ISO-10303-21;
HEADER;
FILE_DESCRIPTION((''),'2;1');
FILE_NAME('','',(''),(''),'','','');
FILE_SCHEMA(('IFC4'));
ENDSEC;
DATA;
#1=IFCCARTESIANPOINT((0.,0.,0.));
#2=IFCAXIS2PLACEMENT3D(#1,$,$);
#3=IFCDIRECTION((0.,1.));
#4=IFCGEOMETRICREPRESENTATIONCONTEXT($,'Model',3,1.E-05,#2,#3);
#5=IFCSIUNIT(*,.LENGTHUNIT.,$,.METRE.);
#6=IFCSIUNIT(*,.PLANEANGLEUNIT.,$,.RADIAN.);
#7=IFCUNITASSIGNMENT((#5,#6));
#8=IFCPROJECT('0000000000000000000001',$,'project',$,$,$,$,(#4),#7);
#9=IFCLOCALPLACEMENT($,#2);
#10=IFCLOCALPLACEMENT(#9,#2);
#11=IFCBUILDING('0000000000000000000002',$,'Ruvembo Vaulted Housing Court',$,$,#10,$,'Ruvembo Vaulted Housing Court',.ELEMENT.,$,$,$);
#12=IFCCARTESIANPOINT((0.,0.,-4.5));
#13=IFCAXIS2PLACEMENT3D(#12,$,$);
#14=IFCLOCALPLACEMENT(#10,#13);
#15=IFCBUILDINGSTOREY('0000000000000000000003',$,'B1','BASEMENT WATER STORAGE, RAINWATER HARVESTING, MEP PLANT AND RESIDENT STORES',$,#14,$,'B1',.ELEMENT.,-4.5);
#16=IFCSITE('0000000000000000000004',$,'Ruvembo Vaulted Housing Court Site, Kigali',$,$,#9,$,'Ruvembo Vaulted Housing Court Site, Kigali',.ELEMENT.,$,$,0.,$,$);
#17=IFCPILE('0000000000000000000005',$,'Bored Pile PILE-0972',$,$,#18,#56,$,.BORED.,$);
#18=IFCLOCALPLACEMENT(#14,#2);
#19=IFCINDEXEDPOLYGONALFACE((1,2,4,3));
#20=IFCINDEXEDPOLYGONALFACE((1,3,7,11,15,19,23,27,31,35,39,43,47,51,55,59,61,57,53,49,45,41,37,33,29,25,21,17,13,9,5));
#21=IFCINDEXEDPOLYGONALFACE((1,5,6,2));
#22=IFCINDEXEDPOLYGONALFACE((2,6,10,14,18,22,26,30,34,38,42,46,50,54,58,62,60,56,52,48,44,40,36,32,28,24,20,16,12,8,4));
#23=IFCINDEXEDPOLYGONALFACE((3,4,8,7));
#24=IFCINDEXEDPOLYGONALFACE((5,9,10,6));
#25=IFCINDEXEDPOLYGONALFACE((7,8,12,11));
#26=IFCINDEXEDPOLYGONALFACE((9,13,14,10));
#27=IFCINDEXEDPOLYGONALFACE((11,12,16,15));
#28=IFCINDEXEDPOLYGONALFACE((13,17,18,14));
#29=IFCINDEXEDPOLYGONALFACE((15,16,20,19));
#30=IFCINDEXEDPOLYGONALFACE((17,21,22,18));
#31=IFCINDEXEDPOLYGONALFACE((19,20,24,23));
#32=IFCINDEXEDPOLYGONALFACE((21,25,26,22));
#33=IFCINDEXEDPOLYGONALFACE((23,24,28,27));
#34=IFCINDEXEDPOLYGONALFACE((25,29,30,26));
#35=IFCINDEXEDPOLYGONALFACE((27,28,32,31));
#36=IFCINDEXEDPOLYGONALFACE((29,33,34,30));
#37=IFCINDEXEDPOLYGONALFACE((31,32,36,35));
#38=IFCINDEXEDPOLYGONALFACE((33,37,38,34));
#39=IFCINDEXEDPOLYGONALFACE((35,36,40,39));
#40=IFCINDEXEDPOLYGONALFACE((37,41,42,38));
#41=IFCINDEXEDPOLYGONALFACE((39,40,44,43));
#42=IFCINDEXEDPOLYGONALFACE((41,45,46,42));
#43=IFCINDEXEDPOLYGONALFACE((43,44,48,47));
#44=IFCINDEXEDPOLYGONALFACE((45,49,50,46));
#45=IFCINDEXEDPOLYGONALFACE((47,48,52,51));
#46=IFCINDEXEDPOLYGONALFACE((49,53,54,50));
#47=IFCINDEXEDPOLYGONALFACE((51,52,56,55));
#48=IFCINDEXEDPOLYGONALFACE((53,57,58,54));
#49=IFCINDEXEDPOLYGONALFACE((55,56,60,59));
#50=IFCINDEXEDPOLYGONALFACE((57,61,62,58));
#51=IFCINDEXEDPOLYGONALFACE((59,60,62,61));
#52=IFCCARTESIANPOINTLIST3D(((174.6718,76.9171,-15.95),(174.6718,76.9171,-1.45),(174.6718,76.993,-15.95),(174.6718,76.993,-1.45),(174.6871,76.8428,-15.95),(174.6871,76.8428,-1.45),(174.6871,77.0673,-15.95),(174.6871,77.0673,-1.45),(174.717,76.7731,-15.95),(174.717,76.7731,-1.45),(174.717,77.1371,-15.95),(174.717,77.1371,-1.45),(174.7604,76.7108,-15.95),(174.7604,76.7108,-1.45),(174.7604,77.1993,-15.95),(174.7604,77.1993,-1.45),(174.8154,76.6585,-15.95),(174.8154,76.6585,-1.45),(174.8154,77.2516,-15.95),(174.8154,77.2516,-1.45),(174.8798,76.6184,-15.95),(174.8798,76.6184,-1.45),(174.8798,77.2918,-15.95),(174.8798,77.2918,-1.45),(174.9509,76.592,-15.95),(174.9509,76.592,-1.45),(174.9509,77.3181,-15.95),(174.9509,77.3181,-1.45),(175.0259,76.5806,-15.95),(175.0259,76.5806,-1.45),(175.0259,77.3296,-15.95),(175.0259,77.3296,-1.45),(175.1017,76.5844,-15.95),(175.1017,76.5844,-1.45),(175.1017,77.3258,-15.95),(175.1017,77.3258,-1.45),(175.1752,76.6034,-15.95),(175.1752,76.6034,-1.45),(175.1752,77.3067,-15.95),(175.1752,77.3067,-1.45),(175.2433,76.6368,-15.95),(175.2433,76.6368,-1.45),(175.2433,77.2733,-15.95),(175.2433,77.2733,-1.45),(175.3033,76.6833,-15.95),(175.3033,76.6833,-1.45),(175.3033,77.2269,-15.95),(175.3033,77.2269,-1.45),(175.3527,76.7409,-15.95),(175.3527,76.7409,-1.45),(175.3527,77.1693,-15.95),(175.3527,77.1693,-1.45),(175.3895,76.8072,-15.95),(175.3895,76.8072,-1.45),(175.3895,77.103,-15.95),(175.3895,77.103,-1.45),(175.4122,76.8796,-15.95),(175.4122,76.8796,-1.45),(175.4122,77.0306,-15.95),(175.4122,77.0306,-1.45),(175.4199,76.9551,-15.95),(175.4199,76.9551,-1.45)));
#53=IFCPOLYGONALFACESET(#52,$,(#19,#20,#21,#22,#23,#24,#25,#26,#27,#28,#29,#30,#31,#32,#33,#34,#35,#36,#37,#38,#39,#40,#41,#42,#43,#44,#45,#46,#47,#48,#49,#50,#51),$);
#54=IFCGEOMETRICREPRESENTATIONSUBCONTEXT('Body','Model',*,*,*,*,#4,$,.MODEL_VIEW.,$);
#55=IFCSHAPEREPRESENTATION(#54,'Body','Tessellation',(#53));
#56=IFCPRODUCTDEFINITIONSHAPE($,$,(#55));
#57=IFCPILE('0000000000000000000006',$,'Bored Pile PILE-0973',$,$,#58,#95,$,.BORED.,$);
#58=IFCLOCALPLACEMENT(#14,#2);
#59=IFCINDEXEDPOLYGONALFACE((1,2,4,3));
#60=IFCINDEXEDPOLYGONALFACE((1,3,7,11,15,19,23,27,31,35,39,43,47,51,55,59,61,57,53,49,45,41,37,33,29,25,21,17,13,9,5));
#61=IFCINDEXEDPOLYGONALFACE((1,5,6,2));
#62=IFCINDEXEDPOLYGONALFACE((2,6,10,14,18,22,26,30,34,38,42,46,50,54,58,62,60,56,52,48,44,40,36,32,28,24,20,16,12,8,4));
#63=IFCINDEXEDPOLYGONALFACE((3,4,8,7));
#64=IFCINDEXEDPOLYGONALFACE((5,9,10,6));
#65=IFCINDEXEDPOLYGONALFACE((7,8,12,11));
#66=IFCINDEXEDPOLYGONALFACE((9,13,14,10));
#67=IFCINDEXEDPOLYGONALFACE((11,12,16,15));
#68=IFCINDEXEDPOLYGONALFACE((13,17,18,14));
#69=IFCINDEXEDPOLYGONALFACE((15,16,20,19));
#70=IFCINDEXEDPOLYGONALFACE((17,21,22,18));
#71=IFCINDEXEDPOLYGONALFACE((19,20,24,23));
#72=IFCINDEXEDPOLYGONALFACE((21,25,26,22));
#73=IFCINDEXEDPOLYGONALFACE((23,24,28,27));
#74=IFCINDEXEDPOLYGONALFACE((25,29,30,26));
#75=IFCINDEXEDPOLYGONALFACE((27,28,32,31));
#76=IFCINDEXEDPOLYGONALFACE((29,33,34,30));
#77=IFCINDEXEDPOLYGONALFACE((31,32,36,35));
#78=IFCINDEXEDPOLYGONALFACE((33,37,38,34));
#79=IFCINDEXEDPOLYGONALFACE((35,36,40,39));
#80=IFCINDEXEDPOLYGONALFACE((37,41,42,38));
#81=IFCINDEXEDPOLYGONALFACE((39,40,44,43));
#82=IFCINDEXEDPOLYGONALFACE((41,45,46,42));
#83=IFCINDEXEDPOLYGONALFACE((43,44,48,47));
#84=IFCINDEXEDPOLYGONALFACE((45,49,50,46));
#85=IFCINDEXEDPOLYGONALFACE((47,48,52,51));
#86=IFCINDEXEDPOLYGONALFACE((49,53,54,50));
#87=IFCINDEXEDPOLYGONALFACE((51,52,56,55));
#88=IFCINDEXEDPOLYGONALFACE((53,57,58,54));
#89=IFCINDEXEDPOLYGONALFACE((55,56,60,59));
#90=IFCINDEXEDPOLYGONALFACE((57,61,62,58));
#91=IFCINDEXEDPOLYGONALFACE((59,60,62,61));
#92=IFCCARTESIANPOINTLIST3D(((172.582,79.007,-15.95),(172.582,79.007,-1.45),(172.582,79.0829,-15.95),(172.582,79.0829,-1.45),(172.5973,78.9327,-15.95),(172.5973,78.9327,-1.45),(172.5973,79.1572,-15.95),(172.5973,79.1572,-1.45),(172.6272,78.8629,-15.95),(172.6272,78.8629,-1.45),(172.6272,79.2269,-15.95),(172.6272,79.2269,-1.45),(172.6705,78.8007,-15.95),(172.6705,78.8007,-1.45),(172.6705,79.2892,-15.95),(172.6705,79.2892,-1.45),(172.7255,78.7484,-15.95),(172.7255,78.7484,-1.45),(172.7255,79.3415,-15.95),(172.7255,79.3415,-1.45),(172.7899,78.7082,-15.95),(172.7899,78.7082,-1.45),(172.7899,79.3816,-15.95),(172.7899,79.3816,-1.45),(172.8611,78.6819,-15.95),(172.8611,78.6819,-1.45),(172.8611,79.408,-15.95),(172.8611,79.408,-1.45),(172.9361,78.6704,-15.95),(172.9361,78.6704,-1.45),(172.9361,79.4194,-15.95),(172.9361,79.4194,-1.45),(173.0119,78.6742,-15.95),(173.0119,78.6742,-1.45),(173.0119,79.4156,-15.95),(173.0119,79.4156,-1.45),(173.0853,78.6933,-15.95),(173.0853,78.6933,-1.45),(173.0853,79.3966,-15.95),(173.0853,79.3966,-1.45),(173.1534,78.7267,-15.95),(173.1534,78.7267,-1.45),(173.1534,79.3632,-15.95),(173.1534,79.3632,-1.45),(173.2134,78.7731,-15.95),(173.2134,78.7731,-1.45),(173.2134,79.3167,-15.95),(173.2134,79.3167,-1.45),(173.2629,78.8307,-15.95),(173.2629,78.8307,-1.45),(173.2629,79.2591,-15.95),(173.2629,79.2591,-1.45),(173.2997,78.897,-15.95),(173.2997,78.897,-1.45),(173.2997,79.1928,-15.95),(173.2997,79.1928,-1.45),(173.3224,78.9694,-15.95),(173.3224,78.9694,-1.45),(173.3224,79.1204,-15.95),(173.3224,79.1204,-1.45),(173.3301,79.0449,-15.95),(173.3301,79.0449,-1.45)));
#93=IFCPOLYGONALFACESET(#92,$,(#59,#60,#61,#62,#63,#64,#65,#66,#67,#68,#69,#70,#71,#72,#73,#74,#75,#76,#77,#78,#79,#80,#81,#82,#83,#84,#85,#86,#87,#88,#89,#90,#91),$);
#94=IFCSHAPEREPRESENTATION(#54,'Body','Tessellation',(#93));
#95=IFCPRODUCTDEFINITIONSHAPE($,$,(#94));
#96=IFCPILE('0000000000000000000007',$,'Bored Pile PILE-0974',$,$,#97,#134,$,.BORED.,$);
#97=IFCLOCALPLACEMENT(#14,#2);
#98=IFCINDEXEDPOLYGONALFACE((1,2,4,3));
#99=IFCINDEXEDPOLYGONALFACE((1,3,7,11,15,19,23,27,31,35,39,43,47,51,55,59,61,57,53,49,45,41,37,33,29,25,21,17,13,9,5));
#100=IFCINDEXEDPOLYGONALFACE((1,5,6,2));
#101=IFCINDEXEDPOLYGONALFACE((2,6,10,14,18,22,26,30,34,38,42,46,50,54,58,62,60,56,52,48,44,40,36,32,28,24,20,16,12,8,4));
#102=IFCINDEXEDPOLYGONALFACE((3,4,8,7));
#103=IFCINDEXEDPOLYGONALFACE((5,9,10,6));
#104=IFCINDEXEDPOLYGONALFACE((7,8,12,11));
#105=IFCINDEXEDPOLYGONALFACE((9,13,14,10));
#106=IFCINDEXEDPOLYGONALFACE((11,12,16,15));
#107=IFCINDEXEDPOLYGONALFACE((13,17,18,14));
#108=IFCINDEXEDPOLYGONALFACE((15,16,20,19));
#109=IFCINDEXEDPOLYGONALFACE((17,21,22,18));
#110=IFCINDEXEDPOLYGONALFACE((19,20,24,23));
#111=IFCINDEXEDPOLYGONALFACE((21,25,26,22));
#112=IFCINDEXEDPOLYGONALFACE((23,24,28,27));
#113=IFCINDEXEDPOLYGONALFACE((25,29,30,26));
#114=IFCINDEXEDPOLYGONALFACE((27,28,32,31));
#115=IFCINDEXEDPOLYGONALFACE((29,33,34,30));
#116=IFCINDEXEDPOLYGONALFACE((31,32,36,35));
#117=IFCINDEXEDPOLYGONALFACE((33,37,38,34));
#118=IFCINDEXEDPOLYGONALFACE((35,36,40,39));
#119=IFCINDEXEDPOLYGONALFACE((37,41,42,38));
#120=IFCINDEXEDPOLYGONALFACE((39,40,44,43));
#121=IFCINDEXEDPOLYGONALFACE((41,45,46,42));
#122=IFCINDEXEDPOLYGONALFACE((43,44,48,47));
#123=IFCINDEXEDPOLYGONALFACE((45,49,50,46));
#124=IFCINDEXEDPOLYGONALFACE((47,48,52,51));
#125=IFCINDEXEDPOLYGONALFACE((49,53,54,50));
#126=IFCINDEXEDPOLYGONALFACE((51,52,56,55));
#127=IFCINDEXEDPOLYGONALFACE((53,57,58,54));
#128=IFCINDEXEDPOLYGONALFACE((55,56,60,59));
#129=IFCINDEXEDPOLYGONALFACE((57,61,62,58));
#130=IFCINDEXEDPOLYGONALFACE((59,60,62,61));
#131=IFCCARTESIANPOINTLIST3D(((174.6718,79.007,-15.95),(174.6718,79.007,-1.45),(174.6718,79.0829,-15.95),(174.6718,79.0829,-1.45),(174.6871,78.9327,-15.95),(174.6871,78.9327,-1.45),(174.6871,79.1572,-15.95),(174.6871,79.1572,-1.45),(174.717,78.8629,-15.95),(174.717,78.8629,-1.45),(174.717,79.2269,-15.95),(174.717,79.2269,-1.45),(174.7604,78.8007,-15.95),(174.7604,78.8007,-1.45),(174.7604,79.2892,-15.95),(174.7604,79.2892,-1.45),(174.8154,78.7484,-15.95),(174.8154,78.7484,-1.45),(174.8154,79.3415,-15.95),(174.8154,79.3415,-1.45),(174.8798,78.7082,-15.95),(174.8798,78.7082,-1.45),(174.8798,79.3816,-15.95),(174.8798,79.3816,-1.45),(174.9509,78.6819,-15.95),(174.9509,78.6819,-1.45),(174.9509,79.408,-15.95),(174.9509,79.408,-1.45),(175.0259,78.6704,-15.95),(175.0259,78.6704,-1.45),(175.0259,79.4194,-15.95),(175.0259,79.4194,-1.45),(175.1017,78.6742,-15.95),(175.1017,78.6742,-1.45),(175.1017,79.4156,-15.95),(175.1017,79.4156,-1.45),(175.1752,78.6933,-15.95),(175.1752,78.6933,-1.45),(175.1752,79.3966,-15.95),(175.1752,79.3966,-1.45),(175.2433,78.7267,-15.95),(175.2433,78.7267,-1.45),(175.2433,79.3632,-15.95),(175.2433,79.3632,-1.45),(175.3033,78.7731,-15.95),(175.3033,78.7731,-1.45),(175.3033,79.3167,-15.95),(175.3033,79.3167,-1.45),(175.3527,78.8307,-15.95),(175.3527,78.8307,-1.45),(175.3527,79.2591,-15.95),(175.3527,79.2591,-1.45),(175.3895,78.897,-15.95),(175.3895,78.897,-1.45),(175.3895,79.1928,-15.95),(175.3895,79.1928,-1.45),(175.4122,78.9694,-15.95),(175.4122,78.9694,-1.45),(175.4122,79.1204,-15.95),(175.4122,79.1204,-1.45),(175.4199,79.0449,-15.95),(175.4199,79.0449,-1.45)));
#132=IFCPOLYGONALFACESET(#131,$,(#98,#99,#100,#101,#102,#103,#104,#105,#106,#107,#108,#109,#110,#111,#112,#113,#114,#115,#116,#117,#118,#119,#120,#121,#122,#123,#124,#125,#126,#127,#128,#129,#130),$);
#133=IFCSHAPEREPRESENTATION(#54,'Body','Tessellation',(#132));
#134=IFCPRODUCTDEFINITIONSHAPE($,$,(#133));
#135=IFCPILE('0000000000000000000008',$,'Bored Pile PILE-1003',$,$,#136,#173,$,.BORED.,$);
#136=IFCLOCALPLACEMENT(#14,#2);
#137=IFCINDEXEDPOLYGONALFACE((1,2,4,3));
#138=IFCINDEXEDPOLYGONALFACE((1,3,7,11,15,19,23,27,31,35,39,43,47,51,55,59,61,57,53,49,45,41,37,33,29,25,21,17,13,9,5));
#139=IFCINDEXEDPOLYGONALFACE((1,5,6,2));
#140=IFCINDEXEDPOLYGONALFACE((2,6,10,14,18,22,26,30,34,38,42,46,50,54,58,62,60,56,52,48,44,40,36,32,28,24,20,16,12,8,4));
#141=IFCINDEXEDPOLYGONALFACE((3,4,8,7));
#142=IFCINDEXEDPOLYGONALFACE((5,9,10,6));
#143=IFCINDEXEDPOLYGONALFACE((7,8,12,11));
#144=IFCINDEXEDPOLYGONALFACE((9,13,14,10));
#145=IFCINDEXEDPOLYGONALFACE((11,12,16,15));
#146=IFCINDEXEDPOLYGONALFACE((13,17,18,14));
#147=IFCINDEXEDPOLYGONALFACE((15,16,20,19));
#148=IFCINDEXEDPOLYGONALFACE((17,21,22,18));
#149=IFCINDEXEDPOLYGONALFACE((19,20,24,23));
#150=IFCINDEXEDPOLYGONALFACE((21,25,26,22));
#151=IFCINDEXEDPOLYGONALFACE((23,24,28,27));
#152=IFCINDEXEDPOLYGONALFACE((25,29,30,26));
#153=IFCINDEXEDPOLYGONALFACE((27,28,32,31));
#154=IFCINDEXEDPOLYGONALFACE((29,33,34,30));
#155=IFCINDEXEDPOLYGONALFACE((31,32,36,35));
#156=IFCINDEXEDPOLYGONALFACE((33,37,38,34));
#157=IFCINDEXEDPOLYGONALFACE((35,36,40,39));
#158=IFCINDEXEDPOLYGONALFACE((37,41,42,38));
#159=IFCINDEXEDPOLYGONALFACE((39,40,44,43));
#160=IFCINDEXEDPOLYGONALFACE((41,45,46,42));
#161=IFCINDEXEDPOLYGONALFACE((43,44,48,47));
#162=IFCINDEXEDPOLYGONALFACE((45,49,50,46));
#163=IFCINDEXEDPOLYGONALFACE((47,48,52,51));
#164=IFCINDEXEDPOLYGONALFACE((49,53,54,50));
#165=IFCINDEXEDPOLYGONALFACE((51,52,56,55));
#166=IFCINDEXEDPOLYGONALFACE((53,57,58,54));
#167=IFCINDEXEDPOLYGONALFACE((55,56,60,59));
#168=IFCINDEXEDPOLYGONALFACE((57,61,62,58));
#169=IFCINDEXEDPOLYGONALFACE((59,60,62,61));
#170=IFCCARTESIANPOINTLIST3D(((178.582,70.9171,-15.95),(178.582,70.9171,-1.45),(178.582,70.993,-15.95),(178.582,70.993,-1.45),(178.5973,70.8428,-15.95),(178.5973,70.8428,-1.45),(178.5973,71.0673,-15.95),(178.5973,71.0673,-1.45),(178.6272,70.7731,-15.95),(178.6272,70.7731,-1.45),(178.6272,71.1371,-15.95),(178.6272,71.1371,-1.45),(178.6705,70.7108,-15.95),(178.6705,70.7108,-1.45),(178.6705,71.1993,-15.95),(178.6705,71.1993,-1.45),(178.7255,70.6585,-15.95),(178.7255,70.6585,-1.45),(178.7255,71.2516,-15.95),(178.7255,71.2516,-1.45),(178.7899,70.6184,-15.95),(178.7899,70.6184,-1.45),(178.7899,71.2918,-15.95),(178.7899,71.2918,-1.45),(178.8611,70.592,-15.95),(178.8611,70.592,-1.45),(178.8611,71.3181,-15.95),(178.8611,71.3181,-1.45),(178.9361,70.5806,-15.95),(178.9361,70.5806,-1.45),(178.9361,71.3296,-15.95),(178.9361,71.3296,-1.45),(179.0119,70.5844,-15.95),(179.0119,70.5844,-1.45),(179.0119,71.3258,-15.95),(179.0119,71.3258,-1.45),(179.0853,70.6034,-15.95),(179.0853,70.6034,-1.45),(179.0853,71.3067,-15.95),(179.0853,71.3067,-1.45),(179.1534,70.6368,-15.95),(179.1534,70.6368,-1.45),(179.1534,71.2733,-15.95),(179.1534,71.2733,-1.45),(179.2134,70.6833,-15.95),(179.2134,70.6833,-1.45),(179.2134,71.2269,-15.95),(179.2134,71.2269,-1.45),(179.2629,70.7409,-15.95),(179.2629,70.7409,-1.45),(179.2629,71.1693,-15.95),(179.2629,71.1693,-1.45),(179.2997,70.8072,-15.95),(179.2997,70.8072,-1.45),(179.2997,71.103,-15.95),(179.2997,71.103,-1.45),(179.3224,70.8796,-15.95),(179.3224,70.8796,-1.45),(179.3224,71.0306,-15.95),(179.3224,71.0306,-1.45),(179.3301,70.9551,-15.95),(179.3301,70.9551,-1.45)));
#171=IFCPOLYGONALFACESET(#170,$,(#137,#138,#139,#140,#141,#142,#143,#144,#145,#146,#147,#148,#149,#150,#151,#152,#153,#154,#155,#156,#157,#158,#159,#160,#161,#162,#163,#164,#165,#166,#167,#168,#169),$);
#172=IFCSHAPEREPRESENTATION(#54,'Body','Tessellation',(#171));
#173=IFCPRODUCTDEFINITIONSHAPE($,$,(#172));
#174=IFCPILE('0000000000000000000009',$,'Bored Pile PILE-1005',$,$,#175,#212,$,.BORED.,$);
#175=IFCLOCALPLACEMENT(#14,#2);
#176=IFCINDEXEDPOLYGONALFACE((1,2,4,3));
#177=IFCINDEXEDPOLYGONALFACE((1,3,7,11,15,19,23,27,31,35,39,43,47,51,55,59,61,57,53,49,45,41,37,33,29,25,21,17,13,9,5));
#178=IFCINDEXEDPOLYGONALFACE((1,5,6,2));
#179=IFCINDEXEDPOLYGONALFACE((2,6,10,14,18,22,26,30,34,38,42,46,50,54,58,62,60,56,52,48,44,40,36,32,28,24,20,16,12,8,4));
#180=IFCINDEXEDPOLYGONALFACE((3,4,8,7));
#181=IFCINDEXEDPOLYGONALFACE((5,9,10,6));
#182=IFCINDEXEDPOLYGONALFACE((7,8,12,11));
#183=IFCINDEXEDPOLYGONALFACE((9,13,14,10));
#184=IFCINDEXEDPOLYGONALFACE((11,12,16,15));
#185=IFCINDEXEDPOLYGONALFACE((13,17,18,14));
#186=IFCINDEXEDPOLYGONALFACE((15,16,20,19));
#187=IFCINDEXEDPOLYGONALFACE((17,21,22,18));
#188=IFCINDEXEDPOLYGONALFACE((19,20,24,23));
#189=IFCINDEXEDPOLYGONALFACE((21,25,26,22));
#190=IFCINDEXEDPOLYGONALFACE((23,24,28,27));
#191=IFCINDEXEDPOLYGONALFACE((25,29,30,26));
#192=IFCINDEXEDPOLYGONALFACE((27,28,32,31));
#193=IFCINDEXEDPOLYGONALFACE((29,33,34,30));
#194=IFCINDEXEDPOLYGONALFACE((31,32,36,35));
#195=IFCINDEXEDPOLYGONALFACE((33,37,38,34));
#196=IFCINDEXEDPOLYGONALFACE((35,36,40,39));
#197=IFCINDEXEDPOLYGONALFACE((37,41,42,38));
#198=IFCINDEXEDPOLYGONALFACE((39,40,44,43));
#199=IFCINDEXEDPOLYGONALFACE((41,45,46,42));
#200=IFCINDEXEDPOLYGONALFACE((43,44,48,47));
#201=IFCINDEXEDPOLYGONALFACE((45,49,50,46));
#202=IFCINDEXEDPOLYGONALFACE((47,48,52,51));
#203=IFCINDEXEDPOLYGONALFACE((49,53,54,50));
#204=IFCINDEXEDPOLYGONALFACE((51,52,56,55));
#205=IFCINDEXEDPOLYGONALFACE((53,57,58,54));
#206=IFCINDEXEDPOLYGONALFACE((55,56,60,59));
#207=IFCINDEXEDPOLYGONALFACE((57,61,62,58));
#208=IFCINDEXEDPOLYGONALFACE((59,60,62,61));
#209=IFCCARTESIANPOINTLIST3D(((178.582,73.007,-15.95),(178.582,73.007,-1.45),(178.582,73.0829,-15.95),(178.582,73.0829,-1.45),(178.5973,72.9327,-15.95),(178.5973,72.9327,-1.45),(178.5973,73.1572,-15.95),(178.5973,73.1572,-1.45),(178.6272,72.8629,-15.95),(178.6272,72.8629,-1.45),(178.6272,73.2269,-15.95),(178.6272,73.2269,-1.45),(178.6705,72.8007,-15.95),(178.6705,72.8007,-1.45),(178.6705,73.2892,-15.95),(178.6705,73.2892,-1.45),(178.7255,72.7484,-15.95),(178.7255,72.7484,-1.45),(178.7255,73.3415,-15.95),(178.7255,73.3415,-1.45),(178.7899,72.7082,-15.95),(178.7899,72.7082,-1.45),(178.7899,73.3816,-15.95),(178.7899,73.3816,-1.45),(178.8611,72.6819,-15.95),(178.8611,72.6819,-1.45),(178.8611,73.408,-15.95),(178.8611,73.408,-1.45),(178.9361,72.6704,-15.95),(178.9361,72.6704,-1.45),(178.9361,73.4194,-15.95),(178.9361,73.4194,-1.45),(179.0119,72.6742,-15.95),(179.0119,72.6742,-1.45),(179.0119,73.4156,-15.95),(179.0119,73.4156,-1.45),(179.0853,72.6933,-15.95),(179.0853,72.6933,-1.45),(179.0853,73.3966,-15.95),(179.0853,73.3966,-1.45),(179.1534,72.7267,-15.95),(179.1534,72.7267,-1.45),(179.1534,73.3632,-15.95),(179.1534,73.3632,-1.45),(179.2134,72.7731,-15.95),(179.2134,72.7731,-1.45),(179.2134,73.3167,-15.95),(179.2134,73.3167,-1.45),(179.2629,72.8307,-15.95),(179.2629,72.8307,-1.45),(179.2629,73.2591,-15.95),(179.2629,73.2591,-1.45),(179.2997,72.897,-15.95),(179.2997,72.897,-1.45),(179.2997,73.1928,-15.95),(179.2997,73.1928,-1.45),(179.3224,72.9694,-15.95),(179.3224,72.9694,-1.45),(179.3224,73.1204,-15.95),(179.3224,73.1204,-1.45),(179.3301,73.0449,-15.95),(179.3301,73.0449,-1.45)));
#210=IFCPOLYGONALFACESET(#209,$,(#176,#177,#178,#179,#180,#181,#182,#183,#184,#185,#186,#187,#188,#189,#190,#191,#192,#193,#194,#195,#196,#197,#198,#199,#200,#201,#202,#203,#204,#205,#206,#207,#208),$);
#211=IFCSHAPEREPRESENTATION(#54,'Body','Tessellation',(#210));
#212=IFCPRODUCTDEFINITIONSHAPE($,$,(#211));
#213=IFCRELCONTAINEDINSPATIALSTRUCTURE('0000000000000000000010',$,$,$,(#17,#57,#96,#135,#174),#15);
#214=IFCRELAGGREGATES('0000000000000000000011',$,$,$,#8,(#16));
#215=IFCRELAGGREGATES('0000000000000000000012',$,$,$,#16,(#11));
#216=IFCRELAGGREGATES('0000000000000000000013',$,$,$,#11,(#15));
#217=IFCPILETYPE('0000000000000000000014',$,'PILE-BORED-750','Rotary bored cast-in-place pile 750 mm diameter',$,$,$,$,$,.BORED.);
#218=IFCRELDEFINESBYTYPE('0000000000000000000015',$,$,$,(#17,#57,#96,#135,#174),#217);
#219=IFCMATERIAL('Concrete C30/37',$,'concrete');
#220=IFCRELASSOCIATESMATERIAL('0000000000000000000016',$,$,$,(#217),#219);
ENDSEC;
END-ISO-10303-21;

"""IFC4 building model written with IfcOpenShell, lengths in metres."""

from ifc_helpers import new_model, si_unit, direction, frame, origin, origin_2d, place, context, subcontext, project, spatial, circle, extrude, material, material_profile, profile_set, type_object, element, save


model = new_model("IFC4")

# Units and contexts
model_context = context("Model", 3, precision=1e-05, world=origin(), true_north=direction((0.0, 1.0)))
body_context = subcontext(model_context, "Body", "Model", "MODEL_VIEW")
ifc_project = project(units=[si_unit("LENGTHUNIT", "METRE"), si_unit("PLANEANGLEUNIT", "RADIAN")], contexts=[model_context])

# Site, building, storey
site_placement = place(None, origin())
site = spatial("IfcSite", under=ifc_project, at=site_placement, Name="Ruvembo Vaulted Housing Court Site, Kigali", LongName="Ruvembo Vaulted Housing Court Site, Kigali", CompositionType="ELEMENT", RefElevation=0.0)
building_placement = place(site_placement, origin())
building = spatial("IfcBuilding", under=site, at=building_placement, Name="Ruvembo Vaulted Housing Court", LongName="Ruvembo Vaulted Housing Court", CompositionType="ELEMENT")
storey_placement = place(building_placement, frame((0.0, 0.0, -4.5)))
storey = spatial("IfcBuildingStorey", under=building, at=storey_placement, Name="B1", Description="BASEMENT WATER STORAGE, RAINWATER HARVESTING, MEP PLANT AND RESIDENT STORES", LongName="B1", CompositionType="ELEMENT", Elevation=-4.5)

# Piles
ifc_material_1 = material(Name="Concrete C30/37", Category="concrete")
ifc_material_profile_1 = material_profile(ifc_material_1, circle(Radius=0.375, at=origin_2d()), Name="PILE D750")
ifc_profile_set_1 = profile_set([ifc_material_profile_1], Name="Concrete C30/37")
pile_type = type_object("IfcPileType", Name="PILE-BORED-750", Description="Rotary bored cast-in-place pile 750 mm diameter", PredefinedType="BORED", material=ifc_profile_set_1)
for number, where, z_axis, x_axis, name in (
    (1, (175.0449, 76.9551, -1.45), (0.0, 0.0, -1.0), (1.0, 0.0, 0.0), "Bored Pile PILE-0972"),
    (2, (172.9551, 79.0449, -1.45), (0.0, 0.0, -1.0), (1.0, 0.0, 0.0), "Bored Pile PILE-0973"),
    (3, (175.0449, 79.0449, -1.45), (0.0, 0.0, -1.0), (1.0, 0.0, 0.0), "Bored Pile PILE-0974"),
    (4, (178.9551, 70.9551, -1.45), (0.0, 0.0, -1.0), (1.0, 0.0, 0.0), "Bored Pile PILE-1003"),
    (5, (178.9551, 73.0449, -1.45), (0.0, 0.0, -1.0), (1.0, 0.0, 0.0), "Bored Pile PILE-1005"),
):
    element("IfcPile", number, at=place(storey_placement, frame(where, z_axis=z_axis, x_axis=x_axis)), inside=storey, type_object=pile_type, Name=name, PredefinedType="BORED", context=body_context, shape_type="SweptSolid", body=[
        extrude(circle(Radius=0.375, at=origin_2d()), origin(), (0.0, 0.0, 1.0), 14.5),
    ])

save(model, "model.ifc")
